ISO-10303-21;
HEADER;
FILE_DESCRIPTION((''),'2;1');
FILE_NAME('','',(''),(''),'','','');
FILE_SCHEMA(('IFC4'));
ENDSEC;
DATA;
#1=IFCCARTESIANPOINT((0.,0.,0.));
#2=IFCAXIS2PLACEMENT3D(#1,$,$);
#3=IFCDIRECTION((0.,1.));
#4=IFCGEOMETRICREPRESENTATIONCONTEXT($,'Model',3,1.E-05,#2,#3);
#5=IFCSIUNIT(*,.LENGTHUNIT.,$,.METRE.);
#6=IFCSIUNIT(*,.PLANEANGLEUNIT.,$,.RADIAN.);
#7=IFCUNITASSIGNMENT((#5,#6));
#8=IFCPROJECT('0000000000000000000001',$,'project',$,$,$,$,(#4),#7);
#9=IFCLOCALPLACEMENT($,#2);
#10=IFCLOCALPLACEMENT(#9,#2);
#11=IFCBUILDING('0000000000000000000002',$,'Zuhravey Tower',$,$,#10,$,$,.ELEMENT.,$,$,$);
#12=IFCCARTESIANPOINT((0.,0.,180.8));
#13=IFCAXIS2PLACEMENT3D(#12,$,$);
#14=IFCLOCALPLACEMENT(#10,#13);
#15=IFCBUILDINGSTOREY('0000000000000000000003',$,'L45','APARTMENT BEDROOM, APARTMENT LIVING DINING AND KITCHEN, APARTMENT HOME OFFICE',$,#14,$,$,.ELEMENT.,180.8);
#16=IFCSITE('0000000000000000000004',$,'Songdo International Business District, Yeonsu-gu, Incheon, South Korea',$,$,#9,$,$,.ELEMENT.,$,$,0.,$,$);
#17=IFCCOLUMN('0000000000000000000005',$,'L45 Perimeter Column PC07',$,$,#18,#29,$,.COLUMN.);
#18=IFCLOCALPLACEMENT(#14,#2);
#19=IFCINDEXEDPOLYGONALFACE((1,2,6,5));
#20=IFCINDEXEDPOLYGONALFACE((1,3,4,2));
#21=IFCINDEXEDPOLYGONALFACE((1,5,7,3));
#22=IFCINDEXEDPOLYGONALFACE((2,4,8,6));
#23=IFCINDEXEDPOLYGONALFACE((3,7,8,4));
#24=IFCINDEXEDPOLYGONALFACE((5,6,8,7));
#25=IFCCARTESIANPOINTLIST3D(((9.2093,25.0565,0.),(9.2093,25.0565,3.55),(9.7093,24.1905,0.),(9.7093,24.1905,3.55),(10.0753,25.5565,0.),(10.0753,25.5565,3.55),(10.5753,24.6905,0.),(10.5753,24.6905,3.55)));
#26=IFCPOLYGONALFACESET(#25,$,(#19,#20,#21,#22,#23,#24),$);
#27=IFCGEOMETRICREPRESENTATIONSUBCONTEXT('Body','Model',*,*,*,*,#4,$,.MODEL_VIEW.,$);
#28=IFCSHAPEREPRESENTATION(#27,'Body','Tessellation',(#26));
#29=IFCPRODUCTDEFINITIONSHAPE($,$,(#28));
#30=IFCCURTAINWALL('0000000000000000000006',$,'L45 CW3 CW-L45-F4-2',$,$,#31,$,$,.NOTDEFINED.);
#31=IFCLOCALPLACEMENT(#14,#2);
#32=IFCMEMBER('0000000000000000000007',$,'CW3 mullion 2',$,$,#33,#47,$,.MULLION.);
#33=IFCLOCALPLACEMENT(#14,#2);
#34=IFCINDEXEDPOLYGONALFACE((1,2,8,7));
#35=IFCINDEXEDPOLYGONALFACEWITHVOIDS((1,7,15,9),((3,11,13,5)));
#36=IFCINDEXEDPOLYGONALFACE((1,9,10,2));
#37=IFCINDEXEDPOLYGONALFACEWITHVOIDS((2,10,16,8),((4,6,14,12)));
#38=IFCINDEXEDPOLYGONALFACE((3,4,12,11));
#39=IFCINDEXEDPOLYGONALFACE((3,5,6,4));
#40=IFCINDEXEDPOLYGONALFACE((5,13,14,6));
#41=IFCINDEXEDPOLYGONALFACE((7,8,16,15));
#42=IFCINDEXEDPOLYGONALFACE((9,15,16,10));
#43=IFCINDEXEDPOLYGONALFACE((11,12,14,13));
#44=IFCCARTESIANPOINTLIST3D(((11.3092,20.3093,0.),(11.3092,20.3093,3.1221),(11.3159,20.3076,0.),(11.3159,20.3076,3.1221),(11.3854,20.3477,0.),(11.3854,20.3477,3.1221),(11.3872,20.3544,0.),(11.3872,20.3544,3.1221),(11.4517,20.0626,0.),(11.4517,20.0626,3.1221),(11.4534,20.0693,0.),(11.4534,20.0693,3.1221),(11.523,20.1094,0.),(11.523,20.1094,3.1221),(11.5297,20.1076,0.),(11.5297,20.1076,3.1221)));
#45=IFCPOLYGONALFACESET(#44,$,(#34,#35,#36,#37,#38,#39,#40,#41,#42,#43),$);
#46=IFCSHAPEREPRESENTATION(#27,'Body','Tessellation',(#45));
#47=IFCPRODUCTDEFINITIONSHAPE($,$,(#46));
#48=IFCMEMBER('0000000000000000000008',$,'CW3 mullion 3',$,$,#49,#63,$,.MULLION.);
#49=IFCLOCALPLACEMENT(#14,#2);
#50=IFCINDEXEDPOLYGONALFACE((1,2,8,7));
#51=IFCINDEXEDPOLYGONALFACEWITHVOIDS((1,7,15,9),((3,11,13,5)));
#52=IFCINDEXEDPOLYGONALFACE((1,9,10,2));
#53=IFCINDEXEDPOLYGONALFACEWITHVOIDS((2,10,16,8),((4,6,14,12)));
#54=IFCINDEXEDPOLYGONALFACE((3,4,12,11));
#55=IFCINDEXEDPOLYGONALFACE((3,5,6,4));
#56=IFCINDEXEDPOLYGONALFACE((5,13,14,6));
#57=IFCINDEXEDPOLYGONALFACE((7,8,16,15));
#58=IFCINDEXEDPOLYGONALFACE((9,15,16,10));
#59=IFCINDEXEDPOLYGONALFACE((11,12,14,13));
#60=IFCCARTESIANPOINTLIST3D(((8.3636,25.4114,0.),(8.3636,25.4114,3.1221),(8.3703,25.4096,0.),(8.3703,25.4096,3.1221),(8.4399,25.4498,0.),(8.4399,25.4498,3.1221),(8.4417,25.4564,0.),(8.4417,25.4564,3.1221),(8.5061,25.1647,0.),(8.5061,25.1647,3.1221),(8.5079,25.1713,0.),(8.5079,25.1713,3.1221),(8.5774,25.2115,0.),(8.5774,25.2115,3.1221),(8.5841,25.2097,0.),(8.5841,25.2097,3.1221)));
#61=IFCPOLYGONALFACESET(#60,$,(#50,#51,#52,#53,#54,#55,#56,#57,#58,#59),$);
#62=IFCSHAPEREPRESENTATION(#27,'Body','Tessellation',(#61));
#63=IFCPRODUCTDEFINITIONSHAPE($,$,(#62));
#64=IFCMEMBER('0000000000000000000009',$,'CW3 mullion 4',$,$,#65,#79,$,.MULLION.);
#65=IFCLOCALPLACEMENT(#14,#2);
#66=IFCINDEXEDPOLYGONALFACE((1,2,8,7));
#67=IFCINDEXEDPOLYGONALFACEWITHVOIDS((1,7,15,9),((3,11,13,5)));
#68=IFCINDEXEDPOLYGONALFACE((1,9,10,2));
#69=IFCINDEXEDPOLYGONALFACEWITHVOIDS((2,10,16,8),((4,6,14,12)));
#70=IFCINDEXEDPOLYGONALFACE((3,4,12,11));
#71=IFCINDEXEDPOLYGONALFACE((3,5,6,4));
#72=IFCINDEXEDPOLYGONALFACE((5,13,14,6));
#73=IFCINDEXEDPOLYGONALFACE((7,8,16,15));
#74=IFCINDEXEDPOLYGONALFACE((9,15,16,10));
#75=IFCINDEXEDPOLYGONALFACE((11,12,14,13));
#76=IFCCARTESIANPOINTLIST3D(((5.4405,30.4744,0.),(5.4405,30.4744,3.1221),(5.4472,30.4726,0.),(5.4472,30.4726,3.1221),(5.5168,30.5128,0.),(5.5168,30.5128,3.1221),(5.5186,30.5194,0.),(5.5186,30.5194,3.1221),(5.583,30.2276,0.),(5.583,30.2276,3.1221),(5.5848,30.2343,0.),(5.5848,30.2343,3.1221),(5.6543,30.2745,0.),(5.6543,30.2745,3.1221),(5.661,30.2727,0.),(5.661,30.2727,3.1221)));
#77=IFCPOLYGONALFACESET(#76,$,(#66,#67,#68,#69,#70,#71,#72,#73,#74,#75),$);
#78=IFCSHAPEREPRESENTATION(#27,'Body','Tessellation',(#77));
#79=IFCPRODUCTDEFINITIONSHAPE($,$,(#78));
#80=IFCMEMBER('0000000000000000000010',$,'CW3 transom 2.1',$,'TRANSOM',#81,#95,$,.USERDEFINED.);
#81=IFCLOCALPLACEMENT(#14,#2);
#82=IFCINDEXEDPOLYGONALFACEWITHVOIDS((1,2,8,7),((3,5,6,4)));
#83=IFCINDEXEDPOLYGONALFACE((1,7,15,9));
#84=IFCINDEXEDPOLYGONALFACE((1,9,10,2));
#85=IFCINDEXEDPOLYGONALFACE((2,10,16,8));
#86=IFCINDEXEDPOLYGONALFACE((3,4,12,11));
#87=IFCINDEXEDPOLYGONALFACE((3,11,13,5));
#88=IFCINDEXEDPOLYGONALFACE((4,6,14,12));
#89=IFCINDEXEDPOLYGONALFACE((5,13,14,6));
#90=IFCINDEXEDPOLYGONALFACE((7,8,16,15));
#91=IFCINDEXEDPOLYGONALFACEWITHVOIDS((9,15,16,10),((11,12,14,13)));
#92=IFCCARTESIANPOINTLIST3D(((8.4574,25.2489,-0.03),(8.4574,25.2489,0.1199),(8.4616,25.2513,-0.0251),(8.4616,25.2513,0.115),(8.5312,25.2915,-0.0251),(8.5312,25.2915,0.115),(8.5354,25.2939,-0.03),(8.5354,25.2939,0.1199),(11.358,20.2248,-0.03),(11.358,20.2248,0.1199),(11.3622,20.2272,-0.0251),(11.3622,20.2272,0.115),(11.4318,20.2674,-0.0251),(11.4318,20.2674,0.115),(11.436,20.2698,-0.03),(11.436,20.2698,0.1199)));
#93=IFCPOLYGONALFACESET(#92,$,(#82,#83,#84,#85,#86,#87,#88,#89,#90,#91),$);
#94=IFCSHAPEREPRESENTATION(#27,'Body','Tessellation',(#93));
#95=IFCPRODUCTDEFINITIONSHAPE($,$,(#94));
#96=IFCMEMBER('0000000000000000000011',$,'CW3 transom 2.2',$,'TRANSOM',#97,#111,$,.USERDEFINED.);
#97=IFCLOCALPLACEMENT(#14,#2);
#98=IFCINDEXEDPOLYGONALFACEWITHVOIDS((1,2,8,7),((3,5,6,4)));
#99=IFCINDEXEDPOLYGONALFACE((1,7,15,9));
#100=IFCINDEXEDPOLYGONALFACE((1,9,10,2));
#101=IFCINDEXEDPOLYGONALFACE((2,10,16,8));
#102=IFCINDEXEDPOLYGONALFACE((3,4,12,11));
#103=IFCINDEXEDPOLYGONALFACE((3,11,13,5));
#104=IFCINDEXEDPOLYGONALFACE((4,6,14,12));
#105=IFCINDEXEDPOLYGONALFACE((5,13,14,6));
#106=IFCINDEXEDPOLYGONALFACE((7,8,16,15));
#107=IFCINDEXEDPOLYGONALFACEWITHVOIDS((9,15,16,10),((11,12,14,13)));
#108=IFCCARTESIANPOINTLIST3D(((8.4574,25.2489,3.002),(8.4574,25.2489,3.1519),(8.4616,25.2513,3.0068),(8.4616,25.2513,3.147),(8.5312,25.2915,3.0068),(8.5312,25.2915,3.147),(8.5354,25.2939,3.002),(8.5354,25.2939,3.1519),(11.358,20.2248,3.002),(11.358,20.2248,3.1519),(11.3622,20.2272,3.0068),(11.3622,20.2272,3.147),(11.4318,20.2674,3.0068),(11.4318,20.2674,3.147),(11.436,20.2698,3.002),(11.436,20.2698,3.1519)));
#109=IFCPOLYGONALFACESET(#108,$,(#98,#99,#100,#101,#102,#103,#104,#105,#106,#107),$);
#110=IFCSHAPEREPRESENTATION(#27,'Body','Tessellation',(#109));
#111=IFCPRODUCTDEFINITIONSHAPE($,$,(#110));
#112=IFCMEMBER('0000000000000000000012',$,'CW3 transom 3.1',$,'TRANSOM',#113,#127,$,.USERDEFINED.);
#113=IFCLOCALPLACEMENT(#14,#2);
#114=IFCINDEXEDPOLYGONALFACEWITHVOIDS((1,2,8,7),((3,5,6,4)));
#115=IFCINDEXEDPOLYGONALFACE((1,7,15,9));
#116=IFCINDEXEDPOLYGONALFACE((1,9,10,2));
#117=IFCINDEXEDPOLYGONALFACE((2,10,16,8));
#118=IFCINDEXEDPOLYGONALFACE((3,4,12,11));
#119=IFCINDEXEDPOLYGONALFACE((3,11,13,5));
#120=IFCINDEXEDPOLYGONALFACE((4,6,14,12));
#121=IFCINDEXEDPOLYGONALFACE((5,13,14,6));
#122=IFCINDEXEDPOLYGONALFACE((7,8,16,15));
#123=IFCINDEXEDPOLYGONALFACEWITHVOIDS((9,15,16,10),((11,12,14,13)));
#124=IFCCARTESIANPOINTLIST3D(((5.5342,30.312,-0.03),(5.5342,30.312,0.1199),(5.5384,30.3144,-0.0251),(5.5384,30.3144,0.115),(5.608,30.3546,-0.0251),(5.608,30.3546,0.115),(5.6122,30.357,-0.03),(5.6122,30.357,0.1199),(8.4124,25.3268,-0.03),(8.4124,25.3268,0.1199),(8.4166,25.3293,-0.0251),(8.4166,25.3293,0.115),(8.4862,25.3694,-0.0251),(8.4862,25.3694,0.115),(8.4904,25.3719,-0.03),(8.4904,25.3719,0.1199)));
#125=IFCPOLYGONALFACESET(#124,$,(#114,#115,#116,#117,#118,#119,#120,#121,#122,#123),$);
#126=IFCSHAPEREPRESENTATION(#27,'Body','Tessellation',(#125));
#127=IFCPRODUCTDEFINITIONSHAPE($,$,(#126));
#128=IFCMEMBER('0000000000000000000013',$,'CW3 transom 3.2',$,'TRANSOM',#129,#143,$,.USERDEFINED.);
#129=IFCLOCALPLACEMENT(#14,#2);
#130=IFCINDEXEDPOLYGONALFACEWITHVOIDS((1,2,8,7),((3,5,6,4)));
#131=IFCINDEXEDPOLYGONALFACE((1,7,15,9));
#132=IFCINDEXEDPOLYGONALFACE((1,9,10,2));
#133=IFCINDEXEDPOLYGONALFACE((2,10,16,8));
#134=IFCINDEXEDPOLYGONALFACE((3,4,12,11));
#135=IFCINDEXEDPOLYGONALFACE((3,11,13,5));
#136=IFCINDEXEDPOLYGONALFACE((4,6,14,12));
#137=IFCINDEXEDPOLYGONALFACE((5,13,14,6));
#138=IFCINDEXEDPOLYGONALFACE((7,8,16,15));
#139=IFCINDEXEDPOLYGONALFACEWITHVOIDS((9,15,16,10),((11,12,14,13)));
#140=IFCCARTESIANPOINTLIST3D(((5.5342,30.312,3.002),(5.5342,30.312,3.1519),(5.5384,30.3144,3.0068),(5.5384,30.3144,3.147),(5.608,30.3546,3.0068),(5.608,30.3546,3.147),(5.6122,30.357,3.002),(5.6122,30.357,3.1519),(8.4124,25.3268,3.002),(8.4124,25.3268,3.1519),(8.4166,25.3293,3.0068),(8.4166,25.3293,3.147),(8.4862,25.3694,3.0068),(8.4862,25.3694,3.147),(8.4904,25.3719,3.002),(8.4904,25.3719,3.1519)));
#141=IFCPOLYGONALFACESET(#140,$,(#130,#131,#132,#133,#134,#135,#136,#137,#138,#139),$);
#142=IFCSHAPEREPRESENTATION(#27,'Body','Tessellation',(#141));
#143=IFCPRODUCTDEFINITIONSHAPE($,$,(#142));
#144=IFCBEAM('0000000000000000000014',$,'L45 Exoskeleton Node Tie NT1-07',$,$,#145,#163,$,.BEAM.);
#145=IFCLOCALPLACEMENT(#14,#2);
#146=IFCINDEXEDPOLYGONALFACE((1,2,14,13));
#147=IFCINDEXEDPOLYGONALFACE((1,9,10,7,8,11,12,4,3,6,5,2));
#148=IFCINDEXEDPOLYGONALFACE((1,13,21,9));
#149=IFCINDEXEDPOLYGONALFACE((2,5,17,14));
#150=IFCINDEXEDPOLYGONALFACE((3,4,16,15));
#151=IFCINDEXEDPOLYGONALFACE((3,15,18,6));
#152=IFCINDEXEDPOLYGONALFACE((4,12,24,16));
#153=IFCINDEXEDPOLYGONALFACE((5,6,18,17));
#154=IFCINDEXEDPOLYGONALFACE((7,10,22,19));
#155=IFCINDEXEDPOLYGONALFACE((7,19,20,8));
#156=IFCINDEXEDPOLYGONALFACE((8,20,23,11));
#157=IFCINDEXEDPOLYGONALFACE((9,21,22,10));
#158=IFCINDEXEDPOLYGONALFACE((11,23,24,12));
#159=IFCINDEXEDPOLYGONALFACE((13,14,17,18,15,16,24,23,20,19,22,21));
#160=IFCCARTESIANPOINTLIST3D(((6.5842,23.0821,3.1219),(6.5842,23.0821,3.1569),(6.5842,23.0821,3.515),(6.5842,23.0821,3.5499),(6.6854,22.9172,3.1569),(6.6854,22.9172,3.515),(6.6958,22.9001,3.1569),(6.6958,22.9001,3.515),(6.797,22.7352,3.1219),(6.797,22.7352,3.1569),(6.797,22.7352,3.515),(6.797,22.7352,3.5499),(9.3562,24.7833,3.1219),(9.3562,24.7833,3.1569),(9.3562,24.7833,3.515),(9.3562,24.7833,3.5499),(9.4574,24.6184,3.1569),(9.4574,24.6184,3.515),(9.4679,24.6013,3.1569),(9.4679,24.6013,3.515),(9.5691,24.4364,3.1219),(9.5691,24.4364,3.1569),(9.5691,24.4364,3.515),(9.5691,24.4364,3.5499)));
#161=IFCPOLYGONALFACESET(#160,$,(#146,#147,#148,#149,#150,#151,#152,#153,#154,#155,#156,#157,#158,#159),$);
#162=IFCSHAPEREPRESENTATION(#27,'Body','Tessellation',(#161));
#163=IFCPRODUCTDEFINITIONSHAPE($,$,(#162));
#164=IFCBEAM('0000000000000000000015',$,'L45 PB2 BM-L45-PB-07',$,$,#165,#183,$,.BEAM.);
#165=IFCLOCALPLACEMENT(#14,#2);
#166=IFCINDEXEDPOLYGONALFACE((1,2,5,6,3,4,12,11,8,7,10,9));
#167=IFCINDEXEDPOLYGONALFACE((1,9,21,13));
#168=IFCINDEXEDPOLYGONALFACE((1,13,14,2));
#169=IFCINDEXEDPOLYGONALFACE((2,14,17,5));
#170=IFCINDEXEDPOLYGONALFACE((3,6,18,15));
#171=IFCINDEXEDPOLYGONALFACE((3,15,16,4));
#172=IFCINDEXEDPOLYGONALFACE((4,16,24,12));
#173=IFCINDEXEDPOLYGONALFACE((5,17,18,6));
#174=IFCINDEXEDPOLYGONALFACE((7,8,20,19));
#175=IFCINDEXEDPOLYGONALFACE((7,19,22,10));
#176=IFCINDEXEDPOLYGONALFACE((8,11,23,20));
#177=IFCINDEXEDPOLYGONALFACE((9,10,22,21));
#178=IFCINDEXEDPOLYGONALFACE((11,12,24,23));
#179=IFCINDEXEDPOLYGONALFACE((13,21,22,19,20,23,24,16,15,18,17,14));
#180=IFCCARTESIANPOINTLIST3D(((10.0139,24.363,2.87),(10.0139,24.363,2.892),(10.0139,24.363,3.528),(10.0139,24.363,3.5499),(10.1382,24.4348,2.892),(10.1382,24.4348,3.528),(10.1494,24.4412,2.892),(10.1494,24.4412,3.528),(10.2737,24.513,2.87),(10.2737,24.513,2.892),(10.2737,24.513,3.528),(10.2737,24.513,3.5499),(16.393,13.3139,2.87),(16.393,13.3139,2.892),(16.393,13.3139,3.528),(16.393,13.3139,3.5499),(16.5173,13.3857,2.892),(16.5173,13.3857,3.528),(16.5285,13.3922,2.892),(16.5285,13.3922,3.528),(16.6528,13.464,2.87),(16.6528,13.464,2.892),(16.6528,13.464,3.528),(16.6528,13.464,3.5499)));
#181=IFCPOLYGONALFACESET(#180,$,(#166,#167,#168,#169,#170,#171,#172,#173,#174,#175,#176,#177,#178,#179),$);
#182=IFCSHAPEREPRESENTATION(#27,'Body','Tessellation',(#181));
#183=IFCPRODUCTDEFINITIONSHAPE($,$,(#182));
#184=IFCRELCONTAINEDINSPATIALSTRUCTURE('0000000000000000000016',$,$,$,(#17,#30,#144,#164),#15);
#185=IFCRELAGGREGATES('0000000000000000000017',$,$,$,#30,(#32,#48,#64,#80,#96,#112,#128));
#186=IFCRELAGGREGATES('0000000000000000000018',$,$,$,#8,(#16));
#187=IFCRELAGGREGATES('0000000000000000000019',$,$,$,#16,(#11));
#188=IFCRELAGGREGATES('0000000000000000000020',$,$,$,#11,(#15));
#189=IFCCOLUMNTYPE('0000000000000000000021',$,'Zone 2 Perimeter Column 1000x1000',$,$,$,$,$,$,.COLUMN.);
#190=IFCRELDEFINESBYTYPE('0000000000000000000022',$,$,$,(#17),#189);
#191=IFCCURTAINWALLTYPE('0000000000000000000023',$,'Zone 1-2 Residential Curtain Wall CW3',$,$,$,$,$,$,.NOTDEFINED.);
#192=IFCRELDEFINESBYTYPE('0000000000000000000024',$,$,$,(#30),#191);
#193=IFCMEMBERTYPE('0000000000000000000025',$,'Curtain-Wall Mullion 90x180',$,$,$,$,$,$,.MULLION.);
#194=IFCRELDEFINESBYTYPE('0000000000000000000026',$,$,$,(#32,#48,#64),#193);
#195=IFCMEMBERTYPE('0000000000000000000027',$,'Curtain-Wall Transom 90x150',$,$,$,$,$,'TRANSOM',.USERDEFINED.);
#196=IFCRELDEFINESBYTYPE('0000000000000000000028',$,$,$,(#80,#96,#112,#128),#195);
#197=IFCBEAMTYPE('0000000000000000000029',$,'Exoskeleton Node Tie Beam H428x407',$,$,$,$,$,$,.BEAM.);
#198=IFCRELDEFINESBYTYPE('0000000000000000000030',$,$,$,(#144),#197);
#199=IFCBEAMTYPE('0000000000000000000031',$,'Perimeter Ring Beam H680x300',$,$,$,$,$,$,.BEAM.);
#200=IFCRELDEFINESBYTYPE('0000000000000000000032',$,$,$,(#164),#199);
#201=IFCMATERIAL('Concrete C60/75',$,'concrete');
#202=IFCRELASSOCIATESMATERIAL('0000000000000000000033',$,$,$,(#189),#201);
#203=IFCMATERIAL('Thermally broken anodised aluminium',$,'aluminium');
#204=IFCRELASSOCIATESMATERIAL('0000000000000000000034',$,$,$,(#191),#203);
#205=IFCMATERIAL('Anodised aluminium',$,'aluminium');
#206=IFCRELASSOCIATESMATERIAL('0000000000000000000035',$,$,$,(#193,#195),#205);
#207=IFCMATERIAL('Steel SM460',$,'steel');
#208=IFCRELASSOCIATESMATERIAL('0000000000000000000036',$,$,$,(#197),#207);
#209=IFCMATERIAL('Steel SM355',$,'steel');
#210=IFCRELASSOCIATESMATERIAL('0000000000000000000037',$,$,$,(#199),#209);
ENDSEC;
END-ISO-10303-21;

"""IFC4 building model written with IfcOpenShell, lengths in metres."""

from ifc_helpers import new_model, si_unit, direction, frame, origin, origin_2d, place, context, subcontext, project, spatial, rectangle, hollow_rectangle, i_section, extrude, material, material_profile, profile_set, type_object, element, aggregate, save


model = new_model("IFC4")

# Units and contexts
model_context = context("Model", 3, precision=1e-05, world=origin(), true_north=direction((0.0, 1.0)))
body_context = subcontext(model_context, "Body", "Model", "MODEL_VIEW")
ifc_project = project(units=[si_unit("LENGTHUNIT", "METRE"), si_unit("PLANEANGLEUNIT", "RADIAN")], contexts=[model_context])

# Site, building, storey
site_placement = place(None, origin())
site = spatial("IfcSite", under=ifc_project, at=site_placement, Name="Songdo International Business District, Yeonsu-gu, Incheon, South Korea", CompositionType="ELEMENT", RefElevation=0.0)
building_placement = place(site_placement, origin())
building = spatial("IfcBuilding", under=site, at=building_placement, Name="Zuhravey Tower", CompositionType="ELEMENT")
storey_placement = place(building_placement, frame((0.0, 0.0, 180.8)))
storey = spatial("IfcBuildingStorey", under=building, at=storey_placement, Name="L45", Description="APARTMENT BEDROOM, APARTMENT LIVING DINING AND KITCHEN, APARTMENT HOME OFFICE", CompositionType="ELEMENT", Elevation=180.8)

# Column
ifc_material_1 = material(Name="Concrete C60/75", Category="concrete")
ifc_material_profile_1 = material_profile(ifc_material_1, rectangle(XDim=1.0, YDim=1.0, at=origin_2d()), Name="RC-1000x1000")
ifc_profile_set_1 = profile_set([ifc_material_profile_1], Name="Concrete C60/75")
column_type = type_object("IfcColumnType", Name="Zone 2 Perimeter Column 1000x1000", PredefinedType="COLUMN", material=ifc_profile_set_1)
column_placement = place(storey_placement, frame((9.8923, 24.8735, 0.0), z_axis=(0.0, 0.0, 1.0), x_axis=(0.5, -0.866025, 0.0)))
element("IfcColumn", 1, at=column_placement, inside=storey, type_object=column_type, Name="L45 Perimeter Column PC07", PredefinedType="COLUMN", context=body_context, shape_type="SweptSolid", body=[
    extrude(rectangle(XDim=1.0, YDim=1.0, at=origin_2d()), origin(), (0.0, 0.0, 1.0), 3.55),
])

# Curtain wall, members
ifc_material_2 = material(Name="Thermally broken anodised aluminium", Category="aluminium")
curtain_wall_type = type_object("IfcCurtainWallType", Name="Zone 1-2 Residential Curtain Wall CW3", PredefinedType="NOTDEFINED", material=ifc_material_2)
curtain_wall_placement = place(storey_placement, origin())
curtain_wall = element("IfcCurtainWall", 2, at=curtain_wall_placement, inside=storey, type_object=curtain_wall_type, Name="L45 CW3 CW-L45-F4-2", PredefinedType="NOTDEFINED")
ifc_material_3 = material(Name="Anodised aluminium", Category="aluminium")
ifc_material_profile_2 = material_profile(ifc_material_3, hollow_rectangle(XDim=0.0901, YDim=0.2849, WallThickness=0.0049, at=origin_2d()), Name="ALU-RHS-90x285x5")
ifc_profile_set_2 = profile_set([ifc_material_profile_2], Name="Anodised aluminium")
member_type_1 = type_object("IfcMemberType", Name="Curtain-Wall Mullion 90x180", PredefinedType="MULLION", material=ifc_profile_set_2)
member_1_placement = place(storey_placement, frame((11.4194, 20.2085, 0.0), z_axis=(0.0, 0.0, 1.0), x_axis=(-0.866025, -0.500001, 0.0)))
member_1 = element("IfcMember", 3, at=member_1_placement, type_object=member_type_1, Name="CW3 mullion 2", PredefinedType="MULLION", context=body_context, shape_type="SweptSolid", body=[
    extrude(hollow_rectangle(XDim=0.0901, YDim=0.2849, WallThickness=0.0049, at=origin_2d()), origin(), (0.0, 0.0, 1.0), 3.1221),
])
member_2_placement = place(storey_placement, frame((8.4739, 25.3105, 0.0), z_axis=(0.0, 0.0, 1.0), x_axis=(-0.866025, -0.500001, 0.0)))
member_2 = element("IfcMember", 4, at=member_2_placement, type_object=member_type_1, Name="CW3 mullion 3", PredefinedType="MULLION", context=body_context, shape_type="SweptSolid", body=[
    extrude(hollow_rectangle(XDim=0.0901, YDim=0.2849, WallThickness=0.0049, at=origin_2d()), origin(), (0.0, 0.0, 1.0), 3.1221),
])
member_3_placement = place(storey_placement, frame((5.5508, 30.3735, 0.0), z_axis=(0.0, 0.0, 1.0), x_axis=(-0.866025, -0.500001, 0.0)))
member_3 = element("IfcMember", 5, at=member_3_placement, type_object=member_type_1, Name="CW3 mullion 4", PredefinedType="MULLION", context=body_context, shape_type="SweptSolid", body=[
    extrude(hollow_rectangle(XDim=0.0901, YDim=0.2849, WallThickness=0.0049, at=origin_2d()), origin(), (0.0, 0.0, 1.0), 3.1221),
])
ifc_material_profile_3 = material_profile(ifc_material_3, hollow_rectangle(XDim=0.0901, YDim=0.1499, WallThickness=0.0049, at=origin_2d()), Name="ALU-RHS-90x150x5")
ifc_profile_set_3 = profile_set([ifc_material_profile_3], Name="Anodised aluminium")
member_type_2 = type_object("IfcMemberType", Name="Curtain-Wall Transom 90x150", ElementType="TRANSOM", PredefinedType="USERDEFINED", material=ifc_profile_set_3)
member_4_placement = place(storey_placement, frame((11.397, 20.2473, 0.0449), z_axis=(-0.499991, 0.866031, 0.0), x_axis=(-0.866031, -0.499991, 0.0)))
member_4 = element("IfcMember", 6, at=member_4_placement, type_object=member_type_2, Name="CW3 transom 2.1", ObjectType="TRANSOM", PredefinedType="USERDEFINED", context=body_context, shape_type="SweptSolid", body=[
    extrude(hollow_rectangle(XDim=0.0901, YDim=0.1499, WallThickness=0.0049, at=origin_2d()), origin(), (0.0, 0.0, 1.0), 5.8013),
])
member_5_placement = place(storey_placement, frame((11.397, 20.2473, 3.0769), z_axis=(-0.499991, 0.866031, 0.0), x_axis=(-0.866031, -0.499991, 0.0)))
member_5 = element("IfcMember", 7, at=member_5_placement, type_object=member_type_2, Name="CW3 transom 2.2", ObjectType="TRANSOM", PredefinedType="USERDEFINED", context=body_context, shape_type="SweptSolid", body=[
    extrude(hollow_rectangle(XDim=0.0901, YDim=0.1499, WallThickness=0.0049, at=origin_2d()), origin(), (0.0, 0.0, 1.0), 5.8013),
])
member_6_placement = place(storey_placement, frame((8.4514, 25.3494, 0.0449), z_axis=(-0.500003, 0.866024, 0.0), x_axis=(-0.866024, -0.500003, 0.0)))
member_6 = element("IfcMember", 8, at=member_6_placement, type_object=member_type_2, Name="CW3 transom 3.1", ObjectType="TRANSOM", PredefinedType="USERDEFINED", context=body_context, shape_type="SweptSolid", body=[
    extrude(hollow_rectangle(XDim=0.0901, YDim=0.1499, WallThickness=0.0049, at=origin_2d()), origin(), (0.0, 0.0, 1.0), 5.7563),
])
member_7_placement = place(storey_placement, frame((8.4514, 25.3494, 3.0769), z_axis=(-0.500003, 0.866024, 0.0), x_axis=(-0.866024, -0.500003, 0.0)))
member_7 = element("IfcMember", 9, at=member_7_placement, type_object=member_type_2, Name="CW3 transom 3.2", ObjectType="TRANSOM", PredefinedType="USERDEFINED", context=body_context, shape_type="SweptSolid", body=[
    extrude(hollow_rectangle(XDim=0.0901, YDim=0.1499, WallThickness=0.0049, at=origin_2d()), origin(), (0.0, 0.0, 1.0), 5.7563),
])

# Beams
ifc_material_4 = material(Name="Steel SM460", Category="steel")
ifc_material_profile_4 = material_profile(ifc_material_4, i_section(OverallWidth=0.407, OverallDepth=0.428, WebThickness=0.02, FlangeThickness=0.0349, at=origin_2d()), Name="H-428x407x20x35")
ifc_profile_set_4 = profile_set([ifc_material_profile_4], Name="Steel SM460")
beam_type_1 = type_object("IfcBeamType", Name="Exoskeleton Node Tie Beam H428x407", PredefinedType="BEAM", material=ifc_profile_set_4)
beam_1_placement = place(storey_placement, frame((9.4626, 24.6099, 3.3359), z_axis=(-0.852297, -0.523058, 0.0), x_axis=(0.523058, -0.852297, 0.0)))
element("IfcBeam", 10, at=beam_1_placement, inside=storey, type_object=beam_type_1, Name="L45 Exoskeleton Node Tie NT1-07", PredefinedType="BEAM", context=body_context, shape_type="SweptSolid", body=[
    extrude(i_section(OverallWidth=0.407, OverallDepth=0.428, WebThickness=0.02, FlangeThickness=0.0349, at=origin_2d()), origin(), (0.0, 0.0, 1.0), 3.2524),
])
ifc_material_5 = material(Name="Steel SM355", Category="steel")
ifc_material_profile_5 = material_profile(ifc_material_5, i_section(OverallWidth=0.3, OverallDepth=0.6799, WebThickness=0.0129, FlangeThickness=0.022, at=origin_2d()), Name="H-680x300x13x22")
ifc_profile_set_5 = profile_set([ifc_material_profile_5], Name="Steel SM355")
beam_type_2 = type_object("IfcBeamType", Name="Perimeter Ring Beam H680x300", PredefinedType="BEAM", material=ifc_profile_set_5)
beam_2_placement = place(storey_placement, frame((10.1438, 24.438, 3.21), z_axis=(0.499998, -0.866027, 0.0), x_axis=(0.866027, 0.499998, 0.0)))
element("IfcBeam", 11, at=beam_2_placement, inside=storey, type_object=beam_type_2, Name="L45 PB2 BM-L45-PB-07", PredefinedType="BEAM", context=body_context, shape_type="SweptSolid", body=[
    extrude(i_section(OverallWidth=0.3, OverallDepth=0.6799, WebThickness=0.0129, FlangeThickness=0.022, at=origin_2d()), origin(), (0.0, 0.0, 1.0), 12.7583),
])

aggregate(curtain_wall, [member_1, member_2, member_3, member_4, member_5, member_6, member_7])

save(model, "model.ifc")
